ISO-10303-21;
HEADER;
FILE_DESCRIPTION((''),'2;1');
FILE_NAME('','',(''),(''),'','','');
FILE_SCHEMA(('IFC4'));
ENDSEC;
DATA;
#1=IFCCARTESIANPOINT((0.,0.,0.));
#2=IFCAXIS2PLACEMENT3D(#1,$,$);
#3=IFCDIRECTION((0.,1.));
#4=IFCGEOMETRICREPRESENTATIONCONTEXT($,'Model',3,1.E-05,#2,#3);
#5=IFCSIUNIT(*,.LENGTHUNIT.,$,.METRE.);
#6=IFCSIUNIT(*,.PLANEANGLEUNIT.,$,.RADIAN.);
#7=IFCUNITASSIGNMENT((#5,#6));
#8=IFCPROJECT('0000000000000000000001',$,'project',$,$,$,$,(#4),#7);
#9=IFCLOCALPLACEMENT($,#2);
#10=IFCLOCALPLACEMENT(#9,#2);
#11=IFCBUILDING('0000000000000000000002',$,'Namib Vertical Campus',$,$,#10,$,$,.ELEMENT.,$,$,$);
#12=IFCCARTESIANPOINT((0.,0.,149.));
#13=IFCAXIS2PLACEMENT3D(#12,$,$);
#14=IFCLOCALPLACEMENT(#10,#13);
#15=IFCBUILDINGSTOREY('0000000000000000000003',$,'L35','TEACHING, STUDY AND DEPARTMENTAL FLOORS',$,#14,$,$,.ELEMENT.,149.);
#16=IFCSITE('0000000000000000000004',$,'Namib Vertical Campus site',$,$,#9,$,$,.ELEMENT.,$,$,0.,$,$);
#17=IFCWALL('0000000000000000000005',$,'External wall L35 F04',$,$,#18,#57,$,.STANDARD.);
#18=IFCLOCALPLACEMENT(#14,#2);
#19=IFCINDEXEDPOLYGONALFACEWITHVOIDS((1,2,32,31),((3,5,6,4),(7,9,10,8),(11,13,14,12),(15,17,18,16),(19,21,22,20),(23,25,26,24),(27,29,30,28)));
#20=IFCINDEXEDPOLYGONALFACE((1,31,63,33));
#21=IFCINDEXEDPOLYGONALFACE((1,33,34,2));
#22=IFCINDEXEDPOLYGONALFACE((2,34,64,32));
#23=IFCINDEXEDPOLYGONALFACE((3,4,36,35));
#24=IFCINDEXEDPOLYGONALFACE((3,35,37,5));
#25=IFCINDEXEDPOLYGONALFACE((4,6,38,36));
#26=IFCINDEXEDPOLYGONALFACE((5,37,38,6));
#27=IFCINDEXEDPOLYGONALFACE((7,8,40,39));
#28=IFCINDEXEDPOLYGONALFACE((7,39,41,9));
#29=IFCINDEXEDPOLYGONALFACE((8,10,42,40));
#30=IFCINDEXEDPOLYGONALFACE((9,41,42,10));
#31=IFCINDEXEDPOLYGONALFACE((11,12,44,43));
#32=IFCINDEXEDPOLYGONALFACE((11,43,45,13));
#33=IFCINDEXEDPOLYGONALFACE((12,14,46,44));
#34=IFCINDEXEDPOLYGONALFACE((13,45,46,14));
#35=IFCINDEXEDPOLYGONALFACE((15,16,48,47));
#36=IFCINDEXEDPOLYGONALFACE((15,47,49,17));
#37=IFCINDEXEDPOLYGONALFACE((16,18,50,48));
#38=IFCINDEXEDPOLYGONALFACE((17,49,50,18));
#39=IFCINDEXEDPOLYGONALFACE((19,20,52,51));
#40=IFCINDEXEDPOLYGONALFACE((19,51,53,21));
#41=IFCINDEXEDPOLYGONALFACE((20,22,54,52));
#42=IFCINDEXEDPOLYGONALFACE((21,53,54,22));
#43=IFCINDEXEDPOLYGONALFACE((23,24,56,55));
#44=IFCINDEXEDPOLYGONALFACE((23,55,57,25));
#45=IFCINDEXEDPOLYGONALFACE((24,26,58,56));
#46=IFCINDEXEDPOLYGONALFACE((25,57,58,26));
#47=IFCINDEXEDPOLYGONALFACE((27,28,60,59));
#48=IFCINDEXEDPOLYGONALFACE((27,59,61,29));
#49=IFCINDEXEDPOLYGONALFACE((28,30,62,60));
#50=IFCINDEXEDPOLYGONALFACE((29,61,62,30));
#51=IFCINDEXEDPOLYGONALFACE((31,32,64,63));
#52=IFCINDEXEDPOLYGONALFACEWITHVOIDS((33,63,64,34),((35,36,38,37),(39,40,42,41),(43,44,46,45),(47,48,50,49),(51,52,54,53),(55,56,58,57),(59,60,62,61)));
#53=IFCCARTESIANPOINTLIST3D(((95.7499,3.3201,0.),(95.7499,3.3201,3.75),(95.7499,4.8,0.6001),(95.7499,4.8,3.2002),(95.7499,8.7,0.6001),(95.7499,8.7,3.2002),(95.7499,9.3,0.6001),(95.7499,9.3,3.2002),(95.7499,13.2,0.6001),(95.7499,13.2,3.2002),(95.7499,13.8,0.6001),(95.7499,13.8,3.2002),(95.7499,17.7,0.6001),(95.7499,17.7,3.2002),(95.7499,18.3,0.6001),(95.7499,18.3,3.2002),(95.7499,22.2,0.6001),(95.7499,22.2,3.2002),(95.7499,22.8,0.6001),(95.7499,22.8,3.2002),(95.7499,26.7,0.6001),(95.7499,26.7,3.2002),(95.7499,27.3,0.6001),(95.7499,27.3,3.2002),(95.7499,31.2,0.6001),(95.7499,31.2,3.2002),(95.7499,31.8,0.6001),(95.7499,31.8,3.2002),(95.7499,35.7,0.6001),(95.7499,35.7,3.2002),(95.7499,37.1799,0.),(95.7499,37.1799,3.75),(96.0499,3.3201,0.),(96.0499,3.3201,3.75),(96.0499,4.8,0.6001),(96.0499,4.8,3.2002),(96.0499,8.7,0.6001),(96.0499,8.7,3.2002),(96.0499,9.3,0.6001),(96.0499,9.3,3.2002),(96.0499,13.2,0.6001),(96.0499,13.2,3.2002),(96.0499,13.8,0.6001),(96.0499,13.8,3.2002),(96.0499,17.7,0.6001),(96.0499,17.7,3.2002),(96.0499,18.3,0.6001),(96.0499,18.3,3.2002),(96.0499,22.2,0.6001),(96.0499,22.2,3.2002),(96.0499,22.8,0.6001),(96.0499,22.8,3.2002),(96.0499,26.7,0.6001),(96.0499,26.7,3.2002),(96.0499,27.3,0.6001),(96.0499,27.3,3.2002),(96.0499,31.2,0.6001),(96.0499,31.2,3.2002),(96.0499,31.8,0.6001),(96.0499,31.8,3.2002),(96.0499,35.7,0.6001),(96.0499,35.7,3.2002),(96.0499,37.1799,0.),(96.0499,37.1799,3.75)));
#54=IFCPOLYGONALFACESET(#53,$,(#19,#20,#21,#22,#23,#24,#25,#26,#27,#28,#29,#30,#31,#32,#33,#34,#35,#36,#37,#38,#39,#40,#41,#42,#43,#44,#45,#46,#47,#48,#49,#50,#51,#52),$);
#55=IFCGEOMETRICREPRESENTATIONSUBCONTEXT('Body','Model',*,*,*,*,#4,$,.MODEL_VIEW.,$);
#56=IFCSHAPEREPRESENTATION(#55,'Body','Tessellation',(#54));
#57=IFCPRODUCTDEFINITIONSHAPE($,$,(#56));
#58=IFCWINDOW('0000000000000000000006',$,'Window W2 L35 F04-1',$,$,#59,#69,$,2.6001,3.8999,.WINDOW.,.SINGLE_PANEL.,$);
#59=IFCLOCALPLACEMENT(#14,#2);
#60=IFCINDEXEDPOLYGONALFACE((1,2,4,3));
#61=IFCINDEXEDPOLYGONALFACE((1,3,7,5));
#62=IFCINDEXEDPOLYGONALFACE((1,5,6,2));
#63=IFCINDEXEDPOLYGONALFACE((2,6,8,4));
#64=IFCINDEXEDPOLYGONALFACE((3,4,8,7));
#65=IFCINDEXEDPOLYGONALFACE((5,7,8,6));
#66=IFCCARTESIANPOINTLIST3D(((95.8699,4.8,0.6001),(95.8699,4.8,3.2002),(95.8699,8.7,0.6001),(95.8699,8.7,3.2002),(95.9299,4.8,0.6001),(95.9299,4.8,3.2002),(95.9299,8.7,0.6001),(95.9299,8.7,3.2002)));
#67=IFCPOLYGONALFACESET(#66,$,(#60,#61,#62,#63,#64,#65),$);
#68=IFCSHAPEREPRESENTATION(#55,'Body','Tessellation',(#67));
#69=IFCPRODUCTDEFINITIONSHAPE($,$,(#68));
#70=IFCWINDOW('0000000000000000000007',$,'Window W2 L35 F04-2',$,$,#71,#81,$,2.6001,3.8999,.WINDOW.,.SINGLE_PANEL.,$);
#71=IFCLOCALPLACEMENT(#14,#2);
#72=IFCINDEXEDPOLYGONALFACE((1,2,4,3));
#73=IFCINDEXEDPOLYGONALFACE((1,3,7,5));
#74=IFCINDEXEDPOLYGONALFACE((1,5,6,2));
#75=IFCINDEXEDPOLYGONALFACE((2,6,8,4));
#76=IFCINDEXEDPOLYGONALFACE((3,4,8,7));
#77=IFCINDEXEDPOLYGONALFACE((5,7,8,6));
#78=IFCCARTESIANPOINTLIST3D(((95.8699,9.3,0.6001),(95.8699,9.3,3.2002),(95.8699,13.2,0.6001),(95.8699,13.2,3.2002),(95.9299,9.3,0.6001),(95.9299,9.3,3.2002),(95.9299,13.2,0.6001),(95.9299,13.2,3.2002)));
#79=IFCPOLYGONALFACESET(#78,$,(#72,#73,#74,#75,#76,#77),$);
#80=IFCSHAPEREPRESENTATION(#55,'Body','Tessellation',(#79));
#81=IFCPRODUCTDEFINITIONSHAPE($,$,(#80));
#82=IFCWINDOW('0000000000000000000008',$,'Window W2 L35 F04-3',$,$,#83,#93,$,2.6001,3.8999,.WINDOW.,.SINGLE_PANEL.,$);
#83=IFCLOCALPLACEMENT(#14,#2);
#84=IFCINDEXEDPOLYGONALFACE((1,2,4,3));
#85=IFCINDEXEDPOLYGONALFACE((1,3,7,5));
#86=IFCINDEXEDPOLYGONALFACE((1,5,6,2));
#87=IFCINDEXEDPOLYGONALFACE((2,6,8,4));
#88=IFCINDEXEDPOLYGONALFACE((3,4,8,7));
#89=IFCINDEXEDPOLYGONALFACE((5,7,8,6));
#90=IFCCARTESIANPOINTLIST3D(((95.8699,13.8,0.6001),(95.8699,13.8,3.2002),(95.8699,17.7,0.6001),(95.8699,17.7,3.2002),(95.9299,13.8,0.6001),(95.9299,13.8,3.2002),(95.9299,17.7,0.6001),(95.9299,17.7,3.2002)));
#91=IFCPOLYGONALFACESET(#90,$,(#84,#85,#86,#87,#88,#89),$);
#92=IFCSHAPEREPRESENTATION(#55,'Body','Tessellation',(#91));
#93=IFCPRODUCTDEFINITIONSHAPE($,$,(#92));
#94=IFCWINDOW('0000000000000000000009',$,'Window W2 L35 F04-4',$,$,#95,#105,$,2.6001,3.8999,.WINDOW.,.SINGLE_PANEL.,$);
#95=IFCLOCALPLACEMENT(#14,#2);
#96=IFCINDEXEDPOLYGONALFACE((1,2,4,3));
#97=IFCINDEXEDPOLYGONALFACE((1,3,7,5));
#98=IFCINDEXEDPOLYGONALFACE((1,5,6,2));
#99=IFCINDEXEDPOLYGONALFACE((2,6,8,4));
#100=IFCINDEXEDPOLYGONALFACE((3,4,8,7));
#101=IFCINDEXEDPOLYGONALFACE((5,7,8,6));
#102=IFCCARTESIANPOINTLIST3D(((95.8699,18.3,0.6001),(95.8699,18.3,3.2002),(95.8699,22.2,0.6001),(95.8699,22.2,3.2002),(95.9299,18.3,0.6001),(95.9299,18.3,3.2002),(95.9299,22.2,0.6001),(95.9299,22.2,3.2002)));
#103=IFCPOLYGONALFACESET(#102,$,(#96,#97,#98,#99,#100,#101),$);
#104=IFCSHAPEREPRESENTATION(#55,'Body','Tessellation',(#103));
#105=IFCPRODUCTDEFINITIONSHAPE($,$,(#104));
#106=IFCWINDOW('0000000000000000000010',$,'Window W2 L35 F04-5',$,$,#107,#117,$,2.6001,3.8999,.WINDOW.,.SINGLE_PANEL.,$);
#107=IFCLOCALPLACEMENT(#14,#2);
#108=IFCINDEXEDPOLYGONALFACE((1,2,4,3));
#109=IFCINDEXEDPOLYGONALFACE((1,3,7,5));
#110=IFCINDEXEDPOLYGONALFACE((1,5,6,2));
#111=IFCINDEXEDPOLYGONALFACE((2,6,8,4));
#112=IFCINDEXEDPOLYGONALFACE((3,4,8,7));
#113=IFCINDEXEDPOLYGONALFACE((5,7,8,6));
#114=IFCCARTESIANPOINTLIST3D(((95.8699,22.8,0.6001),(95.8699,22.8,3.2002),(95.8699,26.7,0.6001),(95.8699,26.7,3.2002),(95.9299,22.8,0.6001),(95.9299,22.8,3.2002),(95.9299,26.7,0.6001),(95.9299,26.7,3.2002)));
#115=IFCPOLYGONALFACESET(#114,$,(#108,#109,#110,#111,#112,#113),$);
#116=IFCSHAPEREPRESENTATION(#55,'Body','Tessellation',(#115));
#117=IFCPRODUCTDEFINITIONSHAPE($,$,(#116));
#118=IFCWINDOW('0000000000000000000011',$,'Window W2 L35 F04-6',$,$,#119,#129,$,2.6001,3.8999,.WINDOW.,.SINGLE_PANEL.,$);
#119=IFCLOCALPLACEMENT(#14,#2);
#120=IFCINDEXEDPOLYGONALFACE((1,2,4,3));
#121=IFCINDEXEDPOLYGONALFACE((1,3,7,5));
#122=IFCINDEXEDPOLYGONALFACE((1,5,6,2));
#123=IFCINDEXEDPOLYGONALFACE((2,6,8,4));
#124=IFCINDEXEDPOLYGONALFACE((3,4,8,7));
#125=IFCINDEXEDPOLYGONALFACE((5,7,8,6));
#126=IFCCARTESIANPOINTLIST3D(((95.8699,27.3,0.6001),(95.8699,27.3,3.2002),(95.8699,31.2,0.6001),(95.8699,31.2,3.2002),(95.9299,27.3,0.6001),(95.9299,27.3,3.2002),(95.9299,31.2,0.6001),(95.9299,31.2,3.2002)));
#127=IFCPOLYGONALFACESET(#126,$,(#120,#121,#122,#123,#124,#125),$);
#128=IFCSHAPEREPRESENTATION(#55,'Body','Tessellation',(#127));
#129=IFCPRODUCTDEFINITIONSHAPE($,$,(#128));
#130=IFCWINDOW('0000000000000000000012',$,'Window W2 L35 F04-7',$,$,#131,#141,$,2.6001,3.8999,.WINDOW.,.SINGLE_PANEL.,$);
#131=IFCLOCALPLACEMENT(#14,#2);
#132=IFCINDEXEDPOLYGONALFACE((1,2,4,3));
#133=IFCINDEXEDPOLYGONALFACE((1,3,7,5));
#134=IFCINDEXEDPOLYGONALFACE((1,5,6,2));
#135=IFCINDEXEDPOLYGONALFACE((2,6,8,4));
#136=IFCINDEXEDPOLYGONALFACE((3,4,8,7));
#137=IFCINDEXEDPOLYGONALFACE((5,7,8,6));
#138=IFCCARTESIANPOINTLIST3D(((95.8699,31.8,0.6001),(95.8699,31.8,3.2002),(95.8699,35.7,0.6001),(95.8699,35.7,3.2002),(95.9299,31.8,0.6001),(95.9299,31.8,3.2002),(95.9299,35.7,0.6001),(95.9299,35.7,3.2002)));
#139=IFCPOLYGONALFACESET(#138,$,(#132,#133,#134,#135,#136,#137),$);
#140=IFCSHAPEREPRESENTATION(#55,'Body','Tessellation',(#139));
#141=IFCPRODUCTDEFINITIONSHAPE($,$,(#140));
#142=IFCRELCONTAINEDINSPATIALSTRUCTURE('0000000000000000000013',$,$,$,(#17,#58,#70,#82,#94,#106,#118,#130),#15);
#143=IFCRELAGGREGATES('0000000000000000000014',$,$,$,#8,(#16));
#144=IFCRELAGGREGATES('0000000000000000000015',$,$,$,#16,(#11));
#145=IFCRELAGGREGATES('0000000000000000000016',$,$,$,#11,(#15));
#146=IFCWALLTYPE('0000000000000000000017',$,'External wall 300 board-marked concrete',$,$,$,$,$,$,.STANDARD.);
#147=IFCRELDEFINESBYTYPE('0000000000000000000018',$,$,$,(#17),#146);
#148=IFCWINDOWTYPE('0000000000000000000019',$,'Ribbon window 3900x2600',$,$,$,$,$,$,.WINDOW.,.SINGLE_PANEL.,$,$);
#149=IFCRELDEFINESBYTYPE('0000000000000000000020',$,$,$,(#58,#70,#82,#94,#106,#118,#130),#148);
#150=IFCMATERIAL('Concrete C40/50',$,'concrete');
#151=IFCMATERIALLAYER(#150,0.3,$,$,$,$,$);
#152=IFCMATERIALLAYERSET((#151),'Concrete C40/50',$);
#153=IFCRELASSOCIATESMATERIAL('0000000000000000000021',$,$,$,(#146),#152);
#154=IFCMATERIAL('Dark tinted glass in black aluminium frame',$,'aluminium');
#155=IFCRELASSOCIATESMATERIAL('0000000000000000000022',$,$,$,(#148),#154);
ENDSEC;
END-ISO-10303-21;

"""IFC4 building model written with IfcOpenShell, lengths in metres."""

from ifc_helpers import new_model, si_unit, direction, frame, frame_2d, origin, place, context, subcontext, project, spatial, rectangle, extrude, material, layer, layer_set, type_object, element, fill, save


model = new_model("IFC4")

# Units and contexts
model_context = context("Model", 3, precision=1e-05, world=origin(), true_north=direction((0.0, 1.0)))
body_context = subcontext(model_context, "Body", "Model", "MODEL_VIEW")
ifc_project = project(units=[si_unit("LENGTHUNIT", "METRE"), si_unit("PLANEANGLEUNIT", "RADIAN")], contexts=[model_context])

# Site, building, storey
site_placement = place(None, origin())
site = spatial("IfcSite", under=ifc_project, at=site_placement, Name="Namib Vertical Campus site", CompositionType="ELEMENT", RefElevation=0.0)
building_placement = place(site_placement, origin())
building = spatial("IfcBuilding", under=site, at=building_placement, Name="Namib Vertical Campus", CompositionType="ELEMENT")
storey_placement = place(building_placement, frame((0.0, 0.0, 149.0)))
storey = spatial("IfcBuildingStorey", under=building, at=storey_placement, Name="L35", Description="TEACHING, STUDY AND DEPARTMENTAL FLOORS", CompositionType="ELEMENT", Elevation=149.0)

# Wall, openings, windows
ifc_material_1 = material(Name="Concrete C40/50", Category="concrete")
ifc_layer_1 = layer(ifc_material_1, 0.3)
ifc_layer_set_1 = layer_set([ifc_layer_1], Name="Concrete C40/50")
wall_type_1 = type_object("IfcWallType", Name="External wall 300 board-marked concrete", PredefinedType="STANDARD", material=ifc_layer_set_1)
wall_1_placement = place(storey_placement, frame((95.8999, 3.3201, 0.0), z_axis=(0.0, 0.0, 1.0), x_axis=(0.0, 1.0, 0.0)))
wall_1 = element("IfcWall", 1, at=wall_1_placement, inside=storey, type_object=wall_type_1, Name="External wall L35 F04", PredefinedType="STANDARD", context=body_context, shape_type="SweptSolid", body=[
    extrude(rectangle(XDim=33.8599, YDim=0.3, at=frame_2d((16.9299, 0.0))), origin(), (0.0, 0.0, 1.0), 3.75),
])
opening_1_placement = place(wall_1_placement, frame((1.48, 0.0, 0.6001)))
opening_1 = element("IfcOpeningElement", 2, at=opening_1_placement, cuts=wall_1, PredefinedType="OPENING", context=body_context, shape_type="SweptSolid", body=[
    extrude(rectangle(XDim=3.8999, YDim=2.6001, at=frame_2d((1.95, 1.3))), frame((0.0, 0.1599, 0.0), z_axis=(0.0, -1.0, 0.0), x_axis=(1.0, 0.0, 0.0)), (0.0, 0.0, 1.0), 0.3201),
])
opening_2_placement = place(wall_1_placement, frame((5.98, 0.0, 0.6001)))
opening_2 = element("IfcOpeningElement", 3, at=opening_2_placement, cuts=wall_1, PredefinedType="OPENING", context=body_context, shape_type="SweptSolid", body=[
    extrude(rectangle(XDim=3.8999, YDim=2.6001, at=frame_2d((1.95, 1.3))), frame((0.0, 0.1599, 0.0), z_axis=(0.0, -1.0, 0.0), x_axis=(1.0, 0.0, 0.0)), (0.0, 0.0, 1.0), 0.3201),
])
opening_3_placement = place(wall_1_placement, frame((10.48, 0.0, 0.6001)))
opening_3 = element("IfcOpeningElement", 4, at=opening_3_placement, cuts=wall_1, PredefinedType="OPENING", context=body_context, shape_type="SweptSolid", body=[
    extrude(rectangle(XDim=3.8999, YDim=2.6001, at=frame_2d((1.95, 1.3))), frame((0.0, 0.1599, 0.0), z_axis=(0.0, -1.0, 0.0), x_axis=(1.0, 0.0, 0.0)), (0.0, 0.0, 1.0), 0.3201),
])
opening_4_placement = place(wall_1_placement, frame((14.98, 0.0, 0.6001)))
opening_4 = element("IfcOpeningElement", 5, at=opening_4_placement, cuts=wall_1, PredefinedType="OPENING", context=body_context, shape_type="SweptSolid", body=[
    extrude(rectangle(XDim=3.8999, YDim=2.6001, at=frame_2d((1.95, 1.3))), frame((0.0, 0.1599, 0.0), z_axis=(0.0, -1.0, 0.0), x_axis=(1.0, 0.0, 0.0)), (0.0, 0.0, 1.0), 0.3201),
])
opening_5_placement = place(wall_1_placement, frame((19.48, 0.0, 0.6001)))
opening_5 = element("IfcOpeningElement", 6, at=opening_5_placement, cuts=wall_1, PredefinedType="OPENING", context=body_context, shape_type="SweptSolid", body=[
    extrude(rectangle(XDim=3.8999, YDim=2.6001, at=frame_2d((1.95, 1.3))), frame((0.0, 0.1599, 0.0), z_axis=(0.0, -1.0, 0.0), x_axis=(1.0, 0.0, 0.0)), (0.0, 0.0, 1.0), 0.3201),
])
opening_6_placement = place(wall_1_placement, frame((23.98, 0.0, 0.6001)))
opening_6 = element("IfcOpeningElement", 7, at=opening_6_placement, cuts=wall_1, PredefinedType="OPENING", context=body_context, shape_type="SweptSolid", body=[
    extrude(rectangle(XDim=3.8999, YDim=2.6001, at=frame_2d((1.95, 1.3))), frame((0.0, 0.1599, 0.0), z_axis=(0.0, -1.0, 0.0), x_axis=(1.0, 0.0, 0.0)), (0.0, 0.0, 1.0), 0.3201),
])
opening_7_placement = place(wall_1_placement, frame((28.48, 0.0, 0.6001)))
opening_7 = element("IfcOpeningElement", 8, at=opening_7_placement, cuts=wall_1, PredefinedType="OPENING", context=body_context, shape_type="SweptSolid", body=[
    extrude(rectangle(XDim=3.8999, YDim=2.6001, at=frame_2d((1.95, 1.3))), frame((0.0, 0.1599, 0.0), z_axis=(0.0, -1.0, 0.0), x_axis=(1.0, 0.0, 0.0)), (0.0, 0.0, 1.0), 0.3201),
])
ifc_material_2 = material(Name="Dark tinted glass in black aluminium frame", Category="aluminium")
window_type = type_object("IfcWindowType", Name="Ribbon window 3900x2600", PartitioningType="SINGLE_PANEL", PredefinedType="WINDOW", material=ifc_material_2)
window_1_placement = place(opening_1_placement, origin())
window_1 = element("IfcWindow", 9, at=window_1_placement, inside=storey, type_object=window_type, Name="Window W2 L35 F04-1", OverallHeight=2.6001, OverallWidth=3.8999, PartitioningType="SINGLE_PANEL", PredefinedType="WINDOW", context=body_context, shape_type="SweptSolid", body=[
    extrude(rectangle(XDim=3.8999, YDim=2.6001, at=frame_2d((1.95, 1.3))), frame((0.0, 0.03, 0.0), z_axis=(0.0, -1.0, 0.0), x_axis=(1.0, 0.0, 0.0)), (0.0, 0.0, 1.0), 0.0601),
])
fill(opening_1, window_1)
window_2_placement = place(opening_2_placement, origin())
window_2 = element("IfcWindow", 10, at=window_2_placement, inside=storey, type_object=window_type, Name="Window W2 L35 F04-2", OverallHeight=2.6001, OverallWidth=3.8999, PartitioningType="SINGLE_PANEL", PredefinedType="WINDOW", context=body_context, shape_type="SweptSolid", body=[
    extrude(rectangle(XDim=3.8999, YDim=2.6001, at=frame_2d((1.95, 1.3))), frame((0.0, 0.03, 0.0), z_axis=(0.0, -1.0, 0.0), x_axis=(1.0, 0.0, 0.0)), (0.0, 0.0, 1.0), 0.0601),
])
fill(opening_2, window_2)
window_3_placement = place(opening_3_placement, origin())
window_3 = element("IfcWindow", 11, at=window_3_placement, inside=storey, type_object=window_type, Name="Window W2 L35 F04-3", OverallHeight=2.6001, OverallWidth=3.8999, PartitioningType="SINGLE_PANEL", PredefinedType="WINDOW", context=body_context, shape_type="SweptSolid", body=[
    extrude(rectangle(XDim=3.8999, YDim=2.6001, at=frame_2d((1.95, 1.3))), frame((0.0, 0.03, 0.0), z_axis=(0.0, -1.0, 0.0), x_axis=(1.0, 0.0, 0.0)), (0.0, 0.0, 1.0), 0.0601),
])
fill(opening_3, window_3)
window_4_placement = place(opening_4_placement, origin())
window_4 = element("IfcWindow", 12, at=window_4_placement, inside=storey, type_object=window_type, Name="Window W2 L35 F04-4", OverallHeight=2.6001, OverallWidth=3.8999, PartitioningType="SINGLE_PANEL", PredefinedType="WINDOW", context=body_context, shape_type="SweptSolid", body=[
    extrude(rectangle(XDim=3.8999, YDim=2.6001, at=frame_2d((1.95, 1.3))), frame((0.0, 0.03, 0.0), z_axis=(0.0, -1.0, 0.0), x_axis=(1.0, 0.0, 0.0)), (0.0, 0.0, 1.0), 0.0601),
])
fill(opening_4, window_4)
window_5_placement = place(opening_5_placement, origin())
window_5 = element("IfcWindow", 13, at=window_5_placement, inside=storey, type_object=window_type, Name="Window W2 L35 F04-5", OverallHeight=2.6001, OverallWidth=3.8999, PartitioningType="SINGLE_PANEL", PredefinedType="WINDOW", context=body_context, shape_type="SweptSolid", body=[
    extrude(rectangle(XDim=3.8999, YDim=2.6001, at=frame_2d((1.95, 1.3))), frame((0.0, 0.03, 0.0), z_axis=(0.0, -1.0, 0.0), x_axis=(1.0, 0.0, 0.0)), (0.0, 0.0, 1.0), 0.0601),
])
fill(opening_5, window_5)
window_6_placement = place(opening_6_placement, origin())
window_6 = element("IfcWindow", 14, at=window_6_placement, inside=storey, type_object=window_type, Name="Window W2 L35 F04-6", OverallHeight=2.6001, OverallWidth=3.8999, PartitioningType="SINGLE_PANEL", PredefinedType="WINDOW", context=body_context, shape_type="SweptSolid", body=[
    extrude(rectangle(XDim=3.8999, YDim=2.6001, at=frame_2d((1.95, 1.3))), frame((0.0, 0.03, 0.0), z_axis=(0.0, -1.0, 0.0), x_axis=(1.0, 0.0, 0.0)), (0.0, 0.0, 1.0), 0.0601),
])
fill(opening_6, window_6)
window_7_placement = place(opening_7_placement, origin())
window_7 = element("IfcWindow", 15, at=window_7_placement, inside=storey, type_object=window_type, Name="Window W2 L35 F04-7", OverallHeight=2.6001, OverallWidth=3.8999, PartitioningType="SINGLE_PANEL", PredefinedType="WINDOW", context=body_context, shape_type="SweptSolid", body=[
    extrude(rectangle(XDim=3.8999, YDim=2.6001, at=frame_2d((1.95, 1.3))), frame((0.0, 0.03, 0.0), z_axis=(0.0, -1.0, 0.0), x_axis=(1.0, 0.0, 0.0)), (0.0, 0.0, 1.0), 0.0601),
])
fill(opening_7, window_7)

save(model, "model.ifc")
